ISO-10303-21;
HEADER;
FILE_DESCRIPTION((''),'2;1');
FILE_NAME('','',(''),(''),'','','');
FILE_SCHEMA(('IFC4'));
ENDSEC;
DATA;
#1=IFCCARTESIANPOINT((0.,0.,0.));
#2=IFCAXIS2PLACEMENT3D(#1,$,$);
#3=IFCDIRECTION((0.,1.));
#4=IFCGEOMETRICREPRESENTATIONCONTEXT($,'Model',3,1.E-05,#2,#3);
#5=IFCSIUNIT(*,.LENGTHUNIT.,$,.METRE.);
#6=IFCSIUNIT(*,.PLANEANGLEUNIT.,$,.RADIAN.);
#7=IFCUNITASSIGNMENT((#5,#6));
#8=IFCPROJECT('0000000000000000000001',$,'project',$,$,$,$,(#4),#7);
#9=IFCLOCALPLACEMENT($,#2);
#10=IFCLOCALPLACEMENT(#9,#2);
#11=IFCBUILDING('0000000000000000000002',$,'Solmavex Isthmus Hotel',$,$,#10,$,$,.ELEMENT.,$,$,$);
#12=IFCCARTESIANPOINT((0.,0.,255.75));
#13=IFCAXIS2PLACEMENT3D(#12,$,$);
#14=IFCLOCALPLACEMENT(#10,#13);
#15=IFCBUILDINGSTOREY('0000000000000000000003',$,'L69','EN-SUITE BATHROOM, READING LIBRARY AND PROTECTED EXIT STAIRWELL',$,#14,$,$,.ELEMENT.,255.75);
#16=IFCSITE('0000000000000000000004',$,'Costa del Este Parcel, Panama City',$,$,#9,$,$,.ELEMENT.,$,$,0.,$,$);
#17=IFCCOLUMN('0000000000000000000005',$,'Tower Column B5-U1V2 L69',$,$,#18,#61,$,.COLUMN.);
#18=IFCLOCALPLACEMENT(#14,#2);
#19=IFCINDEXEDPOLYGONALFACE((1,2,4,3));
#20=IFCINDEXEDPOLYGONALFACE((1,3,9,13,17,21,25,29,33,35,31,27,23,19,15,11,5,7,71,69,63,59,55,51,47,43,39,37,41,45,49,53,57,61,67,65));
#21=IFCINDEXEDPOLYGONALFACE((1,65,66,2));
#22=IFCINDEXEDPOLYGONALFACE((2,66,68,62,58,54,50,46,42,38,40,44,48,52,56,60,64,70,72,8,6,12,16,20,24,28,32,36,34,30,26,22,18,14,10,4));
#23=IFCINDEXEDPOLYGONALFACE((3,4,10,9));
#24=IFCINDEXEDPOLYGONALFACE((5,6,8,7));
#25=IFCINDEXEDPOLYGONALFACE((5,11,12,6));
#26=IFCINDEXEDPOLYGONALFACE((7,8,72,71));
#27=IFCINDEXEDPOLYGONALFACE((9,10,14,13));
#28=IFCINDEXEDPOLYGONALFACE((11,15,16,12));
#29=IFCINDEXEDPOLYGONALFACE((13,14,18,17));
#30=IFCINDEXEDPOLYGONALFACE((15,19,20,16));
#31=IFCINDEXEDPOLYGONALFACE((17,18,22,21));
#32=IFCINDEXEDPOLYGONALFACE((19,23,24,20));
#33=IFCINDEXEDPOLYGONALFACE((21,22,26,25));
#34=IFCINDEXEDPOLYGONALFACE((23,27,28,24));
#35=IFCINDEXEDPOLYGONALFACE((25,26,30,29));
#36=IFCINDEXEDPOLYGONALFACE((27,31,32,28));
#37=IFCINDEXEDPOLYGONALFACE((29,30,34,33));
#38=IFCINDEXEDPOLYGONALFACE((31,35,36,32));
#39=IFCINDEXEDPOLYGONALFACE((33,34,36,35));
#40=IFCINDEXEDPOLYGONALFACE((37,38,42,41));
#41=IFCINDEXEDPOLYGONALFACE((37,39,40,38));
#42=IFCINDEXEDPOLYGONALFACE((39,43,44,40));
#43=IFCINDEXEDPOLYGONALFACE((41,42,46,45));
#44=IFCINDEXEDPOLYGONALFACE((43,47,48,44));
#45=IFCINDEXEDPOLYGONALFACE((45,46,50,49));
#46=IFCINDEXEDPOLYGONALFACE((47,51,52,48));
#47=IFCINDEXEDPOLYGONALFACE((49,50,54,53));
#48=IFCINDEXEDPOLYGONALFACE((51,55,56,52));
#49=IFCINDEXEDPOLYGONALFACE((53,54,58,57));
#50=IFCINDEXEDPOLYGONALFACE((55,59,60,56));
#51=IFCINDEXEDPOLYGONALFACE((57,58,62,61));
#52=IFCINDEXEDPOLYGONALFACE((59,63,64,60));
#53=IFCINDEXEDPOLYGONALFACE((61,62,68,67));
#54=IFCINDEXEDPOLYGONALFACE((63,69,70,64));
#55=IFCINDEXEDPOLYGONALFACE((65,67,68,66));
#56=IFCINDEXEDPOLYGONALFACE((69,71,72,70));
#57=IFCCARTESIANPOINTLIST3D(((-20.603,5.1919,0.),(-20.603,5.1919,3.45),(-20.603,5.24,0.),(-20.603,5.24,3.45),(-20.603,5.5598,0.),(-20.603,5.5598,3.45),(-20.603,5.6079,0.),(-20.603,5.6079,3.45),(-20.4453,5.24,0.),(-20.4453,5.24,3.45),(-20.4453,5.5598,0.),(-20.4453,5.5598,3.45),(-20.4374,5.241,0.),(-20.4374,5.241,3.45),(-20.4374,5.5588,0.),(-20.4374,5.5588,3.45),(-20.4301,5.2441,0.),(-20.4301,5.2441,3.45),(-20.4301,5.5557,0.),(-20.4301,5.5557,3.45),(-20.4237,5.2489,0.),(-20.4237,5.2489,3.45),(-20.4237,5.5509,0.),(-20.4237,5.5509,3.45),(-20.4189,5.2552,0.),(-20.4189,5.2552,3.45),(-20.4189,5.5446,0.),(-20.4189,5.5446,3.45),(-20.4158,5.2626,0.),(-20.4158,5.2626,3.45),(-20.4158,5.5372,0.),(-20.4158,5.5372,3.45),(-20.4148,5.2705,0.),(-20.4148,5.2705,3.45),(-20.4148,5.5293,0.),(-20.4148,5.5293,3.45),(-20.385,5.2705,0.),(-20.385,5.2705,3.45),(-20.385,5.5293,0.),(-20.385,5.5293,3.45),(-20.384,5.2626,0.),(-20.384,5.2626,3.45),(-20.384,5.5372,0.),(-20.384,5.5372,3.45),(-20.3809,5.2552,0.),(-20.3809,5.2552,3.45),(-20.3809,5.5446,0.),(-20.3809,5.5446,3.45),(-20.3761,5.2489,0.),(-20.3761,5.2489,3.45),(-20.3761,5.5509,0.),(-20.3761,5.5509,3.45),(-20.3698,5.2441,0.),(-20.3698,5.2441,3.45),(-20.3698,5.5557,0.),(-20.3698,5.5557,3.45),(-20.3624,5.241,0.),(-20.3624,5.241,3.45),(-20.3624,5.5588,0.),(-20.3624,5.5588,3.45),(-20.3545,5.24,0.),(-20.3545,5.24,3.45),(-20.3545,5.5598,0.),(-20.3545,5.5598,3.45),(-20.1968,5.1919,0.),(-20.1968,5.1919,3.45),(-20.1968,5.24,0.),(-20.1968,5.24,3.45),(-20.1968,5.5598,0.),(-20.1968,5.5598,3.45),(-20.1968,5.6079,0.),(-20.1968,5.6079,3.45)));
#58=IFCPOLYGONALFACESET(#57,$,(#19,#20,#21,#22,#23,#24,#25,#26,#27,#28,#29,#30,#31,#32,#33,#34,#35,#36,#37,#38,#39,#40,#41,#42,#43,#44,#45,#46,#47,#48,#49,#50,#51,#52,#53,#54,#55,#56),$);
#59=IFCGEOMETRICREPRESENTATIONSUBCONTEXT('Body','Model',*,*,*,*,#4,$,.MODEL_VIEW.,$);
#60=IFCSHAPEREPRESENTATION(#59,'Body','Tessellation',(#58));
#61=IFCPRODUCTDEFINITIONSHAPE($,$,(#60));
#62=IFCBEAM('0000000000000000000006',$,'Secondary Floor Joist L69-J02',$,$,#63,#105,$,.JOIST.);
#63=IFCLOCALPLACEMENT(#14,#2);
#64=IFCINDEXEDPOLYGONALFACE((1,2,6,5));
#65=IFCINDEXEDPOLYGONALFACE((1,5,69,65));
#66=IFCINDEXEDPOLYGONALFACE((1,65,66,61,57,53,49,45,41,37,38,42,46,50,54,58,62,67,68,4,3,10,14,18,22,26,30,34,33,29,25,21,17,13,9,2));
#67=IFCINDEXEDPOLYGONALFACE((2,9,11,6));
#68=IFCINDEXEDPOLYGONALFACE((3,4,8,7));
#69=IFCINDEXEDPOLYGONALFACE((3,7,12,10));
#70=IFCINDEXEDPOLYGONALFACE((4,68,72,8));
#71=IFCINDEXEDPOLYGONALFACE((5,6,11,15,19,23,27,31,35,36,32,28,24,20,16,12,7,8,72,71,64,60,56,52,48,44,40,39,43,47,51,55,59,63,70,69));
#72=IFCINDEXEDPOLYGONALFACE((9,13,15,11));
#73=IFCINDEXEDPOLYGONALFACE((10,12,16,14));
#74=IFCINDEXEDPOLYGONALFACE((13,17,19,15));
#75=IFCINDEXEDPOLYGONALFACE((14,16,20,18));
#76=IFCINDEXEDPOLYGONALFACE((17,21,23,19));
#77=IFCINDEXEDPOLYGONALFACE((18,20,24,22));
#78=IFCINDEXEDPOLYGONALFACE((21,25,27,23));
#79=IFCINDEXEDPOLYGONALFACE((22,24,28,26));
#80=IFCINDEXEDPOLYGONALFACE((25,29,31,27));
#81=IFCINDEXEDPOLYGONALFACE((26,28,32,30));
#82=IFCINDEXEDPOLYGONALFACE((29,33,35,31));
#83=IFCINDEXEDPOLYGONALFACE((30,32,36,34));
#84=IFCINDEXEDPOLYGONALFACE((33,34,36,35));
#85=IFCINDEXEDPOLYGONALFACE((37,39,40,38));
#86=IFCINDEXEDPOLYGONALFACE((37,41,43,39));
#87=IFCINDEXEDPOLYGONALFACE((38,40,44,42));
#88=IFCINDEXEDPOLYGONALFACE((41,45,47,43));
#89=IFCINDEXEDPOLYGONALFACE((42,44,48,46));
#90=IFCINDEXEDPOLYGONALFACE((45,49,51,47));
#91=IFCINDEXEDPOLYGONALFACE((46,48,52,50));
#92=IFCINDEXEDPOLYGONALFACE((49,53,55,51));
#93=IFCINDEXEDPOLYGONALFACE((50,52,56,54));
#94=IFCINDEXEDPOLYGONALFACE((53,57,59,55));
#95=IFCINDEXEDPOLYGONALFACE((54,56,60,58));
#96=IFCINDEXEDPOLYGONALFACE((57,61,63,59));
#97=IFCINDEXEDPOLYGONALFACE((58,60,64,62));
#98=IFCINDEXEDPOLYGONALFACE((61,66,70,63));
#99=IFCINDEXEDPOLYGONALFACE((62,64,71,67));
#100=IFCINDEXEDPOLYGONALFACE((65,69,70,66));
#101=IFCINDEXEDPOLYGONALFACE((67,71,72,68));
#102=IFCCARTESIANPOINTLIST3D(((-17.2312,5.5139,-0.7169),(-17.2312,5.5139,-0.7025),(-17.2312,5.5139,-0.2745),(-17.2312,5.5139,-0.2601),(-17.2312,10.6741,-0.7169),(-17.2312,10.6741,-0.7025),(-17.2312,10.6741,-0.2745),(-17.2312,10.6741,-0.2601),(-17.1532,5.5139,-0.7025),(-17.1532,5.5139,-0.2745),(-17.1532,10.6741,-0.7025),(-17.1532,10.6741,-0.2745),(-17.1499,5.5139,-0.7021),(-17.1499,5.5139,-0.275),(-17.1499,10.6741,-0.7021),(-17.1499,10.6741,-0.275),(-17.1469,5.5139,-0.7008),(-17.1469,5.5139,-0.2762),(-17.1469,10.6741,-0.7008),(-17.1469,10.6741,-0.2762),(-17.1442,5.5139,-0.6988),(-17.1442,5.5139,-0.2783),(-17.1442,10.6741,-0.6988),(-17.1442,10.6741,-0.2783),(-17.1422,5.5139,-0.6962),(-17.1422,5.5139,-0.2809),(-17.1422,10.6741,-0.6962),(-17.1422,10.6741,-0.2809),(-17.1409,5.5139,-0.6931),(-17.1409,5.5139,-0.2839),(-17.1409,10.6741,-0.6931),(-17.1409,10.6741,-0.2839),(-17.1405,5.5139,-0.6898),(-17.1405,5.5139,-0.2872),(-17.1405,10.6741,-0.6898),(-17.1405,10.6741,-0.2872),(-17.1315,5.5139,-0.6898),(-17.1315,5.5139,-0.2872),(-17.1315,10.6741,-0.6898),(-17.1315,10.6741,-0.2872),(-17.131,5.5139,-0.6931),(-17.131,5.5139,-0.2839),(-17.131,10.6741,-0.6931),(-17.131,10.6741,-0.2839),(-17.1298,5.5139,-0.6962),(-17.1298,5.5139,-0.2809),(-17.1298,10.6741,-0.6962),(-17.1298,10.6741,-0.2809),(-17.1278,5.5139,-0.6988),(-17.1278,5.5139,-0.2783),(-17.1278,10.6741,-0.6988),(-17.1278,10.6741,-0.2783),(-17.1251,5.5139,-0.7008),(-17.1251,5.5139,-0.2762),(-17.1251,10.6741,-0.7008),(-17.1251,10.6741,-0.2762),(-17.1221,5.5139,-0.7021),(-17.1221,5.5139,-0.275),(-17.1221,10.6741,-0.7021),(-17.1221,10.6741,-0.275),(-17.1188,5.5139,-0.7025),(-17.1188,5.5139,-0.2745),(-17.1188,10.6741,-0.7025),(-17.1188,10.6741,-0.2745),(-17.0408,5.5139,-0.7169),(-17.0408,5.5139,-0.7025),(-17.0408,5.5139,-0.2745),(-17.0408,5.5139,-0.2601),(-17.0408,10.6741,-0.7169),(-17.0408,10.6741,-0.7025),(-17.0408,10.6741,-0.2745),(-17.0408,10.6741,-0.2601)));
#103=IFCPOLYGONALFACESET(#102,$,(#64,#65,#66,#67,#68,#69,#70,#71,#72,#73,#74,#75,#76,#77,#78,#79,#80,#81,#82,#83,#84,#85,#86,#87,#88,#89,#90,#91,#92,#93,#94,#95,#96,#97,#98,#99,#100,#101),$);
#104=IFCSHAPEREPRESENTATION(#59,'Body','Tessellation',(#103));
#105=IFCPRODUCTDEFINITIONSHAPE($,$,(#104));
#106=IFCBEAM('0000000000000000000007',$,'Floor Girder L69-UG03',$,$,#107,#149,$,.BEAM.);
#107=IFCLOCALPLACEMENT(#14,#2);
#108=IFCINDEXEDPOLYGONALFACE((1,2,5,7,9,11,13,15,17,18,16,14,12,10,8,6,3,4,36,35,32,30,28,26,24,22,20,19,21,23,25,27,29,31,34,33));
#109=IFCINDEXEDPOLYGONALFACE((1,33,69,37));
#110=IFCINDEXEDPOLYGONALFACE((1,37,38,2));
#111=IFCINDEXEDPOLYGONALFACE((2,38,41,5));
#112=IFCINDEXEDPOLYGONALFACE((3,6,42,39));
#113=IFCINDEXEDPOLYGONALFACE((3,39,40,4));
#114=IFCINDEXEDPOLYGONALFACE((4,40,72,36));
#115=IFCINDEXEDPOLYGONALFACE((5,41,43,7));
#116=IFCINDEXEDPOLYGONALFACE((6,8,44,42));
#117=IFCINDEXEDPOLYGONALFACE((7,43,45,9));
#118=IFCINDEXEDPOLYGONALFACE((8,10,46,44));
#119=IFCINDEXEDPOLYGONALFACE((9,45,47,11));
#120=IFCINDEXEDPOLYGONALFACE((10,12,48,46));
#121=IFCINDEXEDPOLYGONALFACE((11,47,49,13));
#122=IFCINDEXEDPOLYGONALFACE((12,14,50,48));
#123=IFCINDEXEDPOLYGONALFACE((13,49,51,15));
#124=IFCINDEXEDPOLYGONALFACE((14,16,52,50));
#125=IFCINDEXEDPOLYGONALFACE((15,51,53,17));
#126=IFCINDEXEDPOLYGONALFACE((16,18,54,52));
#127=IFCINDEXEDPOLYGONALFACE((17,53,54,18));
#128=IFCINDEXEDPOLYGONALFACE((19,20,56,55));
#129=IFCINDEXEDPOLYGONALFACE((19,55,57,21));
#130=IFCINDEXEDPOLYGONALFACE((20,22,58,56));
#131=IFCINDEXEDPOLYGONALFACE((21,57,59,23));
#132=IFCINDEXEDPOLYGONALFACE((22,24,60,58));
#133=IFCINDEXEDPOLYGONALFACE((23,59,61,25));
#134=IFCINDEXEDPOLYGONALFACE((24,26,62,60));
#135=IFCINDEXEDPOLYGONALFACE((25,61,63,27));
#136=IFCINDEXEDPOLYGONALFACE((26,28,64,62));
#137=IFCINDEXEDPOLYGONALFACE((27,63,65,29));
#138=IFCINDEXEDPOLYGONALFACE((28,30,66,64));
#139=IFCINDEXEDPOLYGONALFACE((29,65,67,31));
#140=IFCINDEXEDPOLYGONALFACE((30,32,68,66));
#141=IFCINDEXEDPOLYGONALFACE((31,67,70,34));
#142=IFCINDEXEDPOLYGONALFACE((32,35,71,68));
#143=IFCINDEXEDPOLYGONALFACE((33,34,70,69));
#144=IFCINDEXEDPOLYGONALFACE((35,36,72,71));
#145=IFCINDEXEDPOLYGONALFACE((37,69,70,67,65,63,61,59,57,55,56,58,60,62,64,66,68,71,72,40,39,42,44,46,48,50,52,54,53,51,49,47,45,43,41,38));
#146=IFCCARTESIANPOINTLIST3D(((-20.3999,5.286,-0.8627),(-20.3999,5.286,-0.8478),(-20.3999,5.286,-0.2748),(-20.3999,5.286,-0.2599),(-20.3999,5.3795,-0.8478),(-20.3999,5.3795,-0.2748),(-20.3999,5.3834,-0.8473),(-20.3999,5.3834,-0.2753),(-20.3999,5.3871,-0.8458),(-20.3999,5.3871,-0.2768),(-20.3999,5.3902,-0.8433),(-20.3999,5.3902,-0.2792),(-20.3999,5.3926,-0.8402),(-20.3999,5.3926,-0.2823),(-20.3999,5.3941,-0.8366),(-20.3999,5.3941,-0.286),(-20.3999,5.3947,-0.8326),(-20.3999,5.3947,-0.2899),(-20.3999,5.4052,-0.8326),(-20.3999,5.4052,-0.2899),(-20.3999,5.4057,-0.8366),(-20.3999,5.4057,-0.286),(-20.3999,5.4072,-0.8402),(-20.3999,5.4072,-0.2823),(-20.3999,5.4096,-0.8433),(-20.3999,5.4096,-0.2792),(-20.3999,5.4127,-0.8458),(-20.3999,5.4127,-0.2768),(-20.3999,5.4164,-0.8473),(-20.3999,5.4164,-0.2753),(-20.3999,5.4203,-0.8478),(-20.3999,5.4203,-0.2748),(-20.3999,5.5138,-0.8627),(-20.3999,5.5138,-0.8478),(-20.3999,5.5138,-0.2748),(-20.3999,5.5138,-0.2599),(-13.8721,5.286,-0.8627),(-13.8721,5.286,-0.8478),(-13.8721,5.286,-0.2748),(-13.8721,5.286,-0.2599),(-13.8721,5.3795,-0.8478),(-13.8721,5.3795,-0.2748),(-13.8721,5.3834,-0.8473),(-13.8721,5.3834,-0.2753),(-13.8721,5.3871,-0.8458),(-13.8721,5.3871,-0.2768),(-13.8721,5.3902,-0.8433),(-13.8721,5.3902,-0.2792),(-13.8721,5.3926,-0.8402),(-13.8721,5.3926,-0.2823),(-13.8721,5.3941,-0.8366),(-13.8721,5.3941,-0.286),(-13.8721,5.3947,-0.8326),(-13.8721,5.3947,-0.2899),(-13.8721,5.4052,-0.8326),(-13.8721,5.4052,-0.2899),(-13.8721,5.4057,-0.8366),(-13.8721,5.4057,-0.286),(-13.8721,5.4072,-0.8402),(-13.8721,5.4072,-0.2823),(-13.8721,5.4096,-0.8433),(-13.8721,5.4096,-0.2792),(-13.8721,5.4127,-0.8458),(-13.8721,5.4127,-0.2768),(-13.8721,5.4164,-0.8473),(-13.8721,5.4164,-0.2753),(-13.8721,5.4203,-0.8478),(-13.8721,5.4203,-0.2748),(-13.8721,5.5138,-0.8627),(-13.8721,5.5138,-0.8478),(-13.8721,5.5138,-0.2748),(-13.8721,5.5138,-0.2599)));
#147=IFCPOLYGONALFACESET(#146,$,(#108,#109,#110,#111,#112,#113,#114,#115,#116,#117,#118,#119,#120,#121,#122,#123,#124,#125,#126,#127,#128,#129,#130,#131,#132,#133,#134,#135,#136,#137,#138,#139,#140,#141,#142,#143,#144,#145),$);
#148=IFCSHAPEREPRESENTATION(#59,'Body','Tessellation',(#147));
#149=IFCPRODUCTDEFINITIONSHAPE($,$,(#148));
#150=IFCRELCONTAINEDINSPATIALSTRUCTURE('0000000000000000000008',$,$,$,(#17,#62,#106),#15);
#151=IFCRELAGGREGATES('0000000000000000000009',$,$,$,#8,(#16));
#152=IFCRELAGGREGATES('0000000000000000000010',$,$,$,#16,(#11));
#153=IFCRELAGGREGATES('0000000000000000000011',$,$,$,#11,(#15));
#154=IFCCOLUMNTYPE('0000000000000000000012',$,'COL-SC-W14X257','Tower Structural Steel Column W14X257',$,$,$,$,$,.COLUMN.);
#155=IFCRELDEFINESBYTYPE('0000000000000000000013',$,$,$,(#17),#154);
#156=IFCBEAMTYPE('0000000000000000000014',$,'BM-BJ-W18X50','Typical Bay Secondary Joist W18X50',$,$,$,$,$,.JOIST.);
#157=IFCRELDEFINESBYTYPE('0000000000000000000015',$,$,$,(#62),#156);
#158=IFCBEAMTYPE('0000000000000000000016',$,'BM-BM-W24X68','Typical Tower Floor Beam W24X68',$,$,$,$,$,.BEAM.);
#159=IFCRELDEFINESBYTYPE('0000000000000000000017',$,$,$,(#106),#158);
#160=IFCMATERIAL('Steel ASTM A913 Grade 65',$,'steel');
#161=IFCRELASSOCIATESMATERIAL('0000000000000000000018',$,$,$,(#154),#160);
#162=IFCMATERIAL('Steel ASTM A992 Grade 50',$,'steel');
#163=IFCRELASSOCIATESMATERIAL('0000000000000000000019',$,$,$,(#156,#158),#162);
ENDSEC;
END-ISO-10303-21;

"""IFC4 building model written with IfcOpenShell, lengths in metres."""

from ifc_helpers import new_model, si_unit, direction, frame, origin, origin_2d, place, context, subcontext, project, spatial, i_section, extrude, material, material_profile, profile_set, type_object, element, save


model = new_model("IFC4")

# Units and contexts
model_context = context("Model", 3, precision=1e-05, world=origin(), true_north=direction((0.0, 1.0)))
body_context = subcontext(model_context, "Body", "Model", "MODEL_VIEW")
ifc_project = project(units=[si_unit("LENGTHUNIT", "METRE"), si_unit("PLANEANGLEUNIT", "RADIAN")], contexts=[model_context])

# Site, building, storey
site_placement = place(None, origin())
site = spatial("IfcSite", under=ifc_project, at=site_placement, Name="Costa del Este Parcel, Panama City", CompositionType="ELEMENT", RefElevation=0.0)
building_placement = place(site_placement, origin())
building = spatial("IfcBuilding", under=site, at=building_placement, Name="Solmavex Isthmus Hotel", CompositionType="ELEMENT")
storey_placement = place(building_placement, frame((0.0, 0.0, 255.75)))
storey = spatial("IfcBuildingStorey", under=building, at=storey_placement, Name="L69", Description="EN-SUITE BATHROOM, READING LIBRARY AND PROTECTED EXIT STAIRWELL", CompositionType="ELEMENT", Elevation=255.75)

# Column
ifc_material_1 = material(Name="Steel ASTM A913 Grade 65", Category="steel")
ifc_material_profile_1 = material_profile(ifc_material_1, i_section(OverallWidth=0.4062, OverallDepth=0.416, WebThickness=0.0298, FlangeThickness=0.0481, FilletRadius=0.0305, at=origin_2d()), Name="W14X257")
ifc_profile_set_1 = profile_set([ifc_material_profile_1], Name="Steel ASTM A913 Grade 65")
column_type = type_object("IfcColumnType", Name="COL-SC-W14X257", Description="Tower Structural Steel Column W14X257", PredefinedType="COLUMN", material=ifc_profile_set_1)
column_placement = place(storey_placement, frame((-20.3999, 5.3999, 0.0), z_axis=(0.0, 0.0, 1.0), x_axis=(1.0, 0.0, 0.0)))
element("IfcColumn", 1, at=column_placement, inside=storey, type_object=column_type, Name="Tower Column B5-U1V2 L69", PredefinedType="COLUMN", context=body_context, shape_type="SweptSolid", body=[
    extrude(i_section(OverallWidth=0.4062, OverallDepth=0.416, WebThickness=0.0298, FlangeThickness=0.0481, FilletRadius=0.0305, at=origin_2d()), origin(), (0.0, 0.0, 1.0), 3.45),
])

# Beams
ifc_material_2 = material(Name="Steel ASTM A992 Grade 50", Category="steel")
ifc_material_profile_2 = material_profile(ifc_material_2, i_section(OverallWidth=0.1904, OverallDepth=0.4568, WebThickness=0.009, FlangeThickness=0.0144, FilletRadius=0.0127, at=origin_2d()), Name="W18X50")
ifc_profile_set_2 = profile_set([ifc_material_profile_2], Name="Steel ASTM A992 Grade 50")
beam_type_1 = type_object("IfcBeamType", Name="BM-BJ-W18X50", Description="Typical Bay Secondary Joist W18X50", PredefinedType="JOIST", material=ifc_profile_set_2)
beam_1_placement = place(storey_placement, frame((-17.136, 5.5139, -0.4885), z_axis=(0.0, 1.0, 0.0), x_axis=(-1.0, 0.0, 0.0)))
element("IfcBeam", 2, at=beam_1_placement, inside=storey, type_object=beam_type_1, Name="Secondary Floor Joist L69-J02", PredefinedType="JOIST", context=body_context, shape_type="SweptSolid", body=[
    extrude(i_section(OverallWidth=0.1904, OverallDepth=0.4568, WebThickness=0.009, FlangeThickness=0.0144, FilletRadius=0.0127, at=origin_2d()), origin(), (0.0, 0.0, 1.0), 5.1602),
])
ifc_material_profile_3 = material_profile(ifc_material_2, i_section(OverallWidth=0.2278, OverallDepth=0.6028, WebThickness=0.0105, FlangeThickness=0.0149, FilletRadius=0.0151, at=origin_2d()), Name="W24X68")
ifc_profile_set_3 = profile_set([ifc_material_profile_3], Name="Steel ASTM A992 Grade 50")
beam_type_2 = type_object("IfcBeamType", Name="BM-BM-W24X68", Description="Typical Tower Floor Beam W24X68", PredefinedType="BEAM", material=ifc_profile_set_3)
beam_2_placement = place(storey_placement, frame((-20.3999, 5.3999, -0.5613), z_axis=(1.0, 0.0, 0.0), x_axis=(0.0, 1.0, 0.0)))
element("IfcBeam", 3, at=beam_2_placement, inside=storey, type_object=beam_type_2, Name="Floor Girder L69-UG03", PredefinedType="BEAM", context=body_context, shape_type="SweptSolid", body=[
    extrude(i_section(OverallWidth=0.2278, OverallDepth=0.6028, WebThickness=0.0105, FlangeThickness=0.0149, FilletRadius=0.0151, at=origin_2d()), origin(), (0.0, 0.0, 1.0), 6.5278),
])

save(model, "model.ifc")
